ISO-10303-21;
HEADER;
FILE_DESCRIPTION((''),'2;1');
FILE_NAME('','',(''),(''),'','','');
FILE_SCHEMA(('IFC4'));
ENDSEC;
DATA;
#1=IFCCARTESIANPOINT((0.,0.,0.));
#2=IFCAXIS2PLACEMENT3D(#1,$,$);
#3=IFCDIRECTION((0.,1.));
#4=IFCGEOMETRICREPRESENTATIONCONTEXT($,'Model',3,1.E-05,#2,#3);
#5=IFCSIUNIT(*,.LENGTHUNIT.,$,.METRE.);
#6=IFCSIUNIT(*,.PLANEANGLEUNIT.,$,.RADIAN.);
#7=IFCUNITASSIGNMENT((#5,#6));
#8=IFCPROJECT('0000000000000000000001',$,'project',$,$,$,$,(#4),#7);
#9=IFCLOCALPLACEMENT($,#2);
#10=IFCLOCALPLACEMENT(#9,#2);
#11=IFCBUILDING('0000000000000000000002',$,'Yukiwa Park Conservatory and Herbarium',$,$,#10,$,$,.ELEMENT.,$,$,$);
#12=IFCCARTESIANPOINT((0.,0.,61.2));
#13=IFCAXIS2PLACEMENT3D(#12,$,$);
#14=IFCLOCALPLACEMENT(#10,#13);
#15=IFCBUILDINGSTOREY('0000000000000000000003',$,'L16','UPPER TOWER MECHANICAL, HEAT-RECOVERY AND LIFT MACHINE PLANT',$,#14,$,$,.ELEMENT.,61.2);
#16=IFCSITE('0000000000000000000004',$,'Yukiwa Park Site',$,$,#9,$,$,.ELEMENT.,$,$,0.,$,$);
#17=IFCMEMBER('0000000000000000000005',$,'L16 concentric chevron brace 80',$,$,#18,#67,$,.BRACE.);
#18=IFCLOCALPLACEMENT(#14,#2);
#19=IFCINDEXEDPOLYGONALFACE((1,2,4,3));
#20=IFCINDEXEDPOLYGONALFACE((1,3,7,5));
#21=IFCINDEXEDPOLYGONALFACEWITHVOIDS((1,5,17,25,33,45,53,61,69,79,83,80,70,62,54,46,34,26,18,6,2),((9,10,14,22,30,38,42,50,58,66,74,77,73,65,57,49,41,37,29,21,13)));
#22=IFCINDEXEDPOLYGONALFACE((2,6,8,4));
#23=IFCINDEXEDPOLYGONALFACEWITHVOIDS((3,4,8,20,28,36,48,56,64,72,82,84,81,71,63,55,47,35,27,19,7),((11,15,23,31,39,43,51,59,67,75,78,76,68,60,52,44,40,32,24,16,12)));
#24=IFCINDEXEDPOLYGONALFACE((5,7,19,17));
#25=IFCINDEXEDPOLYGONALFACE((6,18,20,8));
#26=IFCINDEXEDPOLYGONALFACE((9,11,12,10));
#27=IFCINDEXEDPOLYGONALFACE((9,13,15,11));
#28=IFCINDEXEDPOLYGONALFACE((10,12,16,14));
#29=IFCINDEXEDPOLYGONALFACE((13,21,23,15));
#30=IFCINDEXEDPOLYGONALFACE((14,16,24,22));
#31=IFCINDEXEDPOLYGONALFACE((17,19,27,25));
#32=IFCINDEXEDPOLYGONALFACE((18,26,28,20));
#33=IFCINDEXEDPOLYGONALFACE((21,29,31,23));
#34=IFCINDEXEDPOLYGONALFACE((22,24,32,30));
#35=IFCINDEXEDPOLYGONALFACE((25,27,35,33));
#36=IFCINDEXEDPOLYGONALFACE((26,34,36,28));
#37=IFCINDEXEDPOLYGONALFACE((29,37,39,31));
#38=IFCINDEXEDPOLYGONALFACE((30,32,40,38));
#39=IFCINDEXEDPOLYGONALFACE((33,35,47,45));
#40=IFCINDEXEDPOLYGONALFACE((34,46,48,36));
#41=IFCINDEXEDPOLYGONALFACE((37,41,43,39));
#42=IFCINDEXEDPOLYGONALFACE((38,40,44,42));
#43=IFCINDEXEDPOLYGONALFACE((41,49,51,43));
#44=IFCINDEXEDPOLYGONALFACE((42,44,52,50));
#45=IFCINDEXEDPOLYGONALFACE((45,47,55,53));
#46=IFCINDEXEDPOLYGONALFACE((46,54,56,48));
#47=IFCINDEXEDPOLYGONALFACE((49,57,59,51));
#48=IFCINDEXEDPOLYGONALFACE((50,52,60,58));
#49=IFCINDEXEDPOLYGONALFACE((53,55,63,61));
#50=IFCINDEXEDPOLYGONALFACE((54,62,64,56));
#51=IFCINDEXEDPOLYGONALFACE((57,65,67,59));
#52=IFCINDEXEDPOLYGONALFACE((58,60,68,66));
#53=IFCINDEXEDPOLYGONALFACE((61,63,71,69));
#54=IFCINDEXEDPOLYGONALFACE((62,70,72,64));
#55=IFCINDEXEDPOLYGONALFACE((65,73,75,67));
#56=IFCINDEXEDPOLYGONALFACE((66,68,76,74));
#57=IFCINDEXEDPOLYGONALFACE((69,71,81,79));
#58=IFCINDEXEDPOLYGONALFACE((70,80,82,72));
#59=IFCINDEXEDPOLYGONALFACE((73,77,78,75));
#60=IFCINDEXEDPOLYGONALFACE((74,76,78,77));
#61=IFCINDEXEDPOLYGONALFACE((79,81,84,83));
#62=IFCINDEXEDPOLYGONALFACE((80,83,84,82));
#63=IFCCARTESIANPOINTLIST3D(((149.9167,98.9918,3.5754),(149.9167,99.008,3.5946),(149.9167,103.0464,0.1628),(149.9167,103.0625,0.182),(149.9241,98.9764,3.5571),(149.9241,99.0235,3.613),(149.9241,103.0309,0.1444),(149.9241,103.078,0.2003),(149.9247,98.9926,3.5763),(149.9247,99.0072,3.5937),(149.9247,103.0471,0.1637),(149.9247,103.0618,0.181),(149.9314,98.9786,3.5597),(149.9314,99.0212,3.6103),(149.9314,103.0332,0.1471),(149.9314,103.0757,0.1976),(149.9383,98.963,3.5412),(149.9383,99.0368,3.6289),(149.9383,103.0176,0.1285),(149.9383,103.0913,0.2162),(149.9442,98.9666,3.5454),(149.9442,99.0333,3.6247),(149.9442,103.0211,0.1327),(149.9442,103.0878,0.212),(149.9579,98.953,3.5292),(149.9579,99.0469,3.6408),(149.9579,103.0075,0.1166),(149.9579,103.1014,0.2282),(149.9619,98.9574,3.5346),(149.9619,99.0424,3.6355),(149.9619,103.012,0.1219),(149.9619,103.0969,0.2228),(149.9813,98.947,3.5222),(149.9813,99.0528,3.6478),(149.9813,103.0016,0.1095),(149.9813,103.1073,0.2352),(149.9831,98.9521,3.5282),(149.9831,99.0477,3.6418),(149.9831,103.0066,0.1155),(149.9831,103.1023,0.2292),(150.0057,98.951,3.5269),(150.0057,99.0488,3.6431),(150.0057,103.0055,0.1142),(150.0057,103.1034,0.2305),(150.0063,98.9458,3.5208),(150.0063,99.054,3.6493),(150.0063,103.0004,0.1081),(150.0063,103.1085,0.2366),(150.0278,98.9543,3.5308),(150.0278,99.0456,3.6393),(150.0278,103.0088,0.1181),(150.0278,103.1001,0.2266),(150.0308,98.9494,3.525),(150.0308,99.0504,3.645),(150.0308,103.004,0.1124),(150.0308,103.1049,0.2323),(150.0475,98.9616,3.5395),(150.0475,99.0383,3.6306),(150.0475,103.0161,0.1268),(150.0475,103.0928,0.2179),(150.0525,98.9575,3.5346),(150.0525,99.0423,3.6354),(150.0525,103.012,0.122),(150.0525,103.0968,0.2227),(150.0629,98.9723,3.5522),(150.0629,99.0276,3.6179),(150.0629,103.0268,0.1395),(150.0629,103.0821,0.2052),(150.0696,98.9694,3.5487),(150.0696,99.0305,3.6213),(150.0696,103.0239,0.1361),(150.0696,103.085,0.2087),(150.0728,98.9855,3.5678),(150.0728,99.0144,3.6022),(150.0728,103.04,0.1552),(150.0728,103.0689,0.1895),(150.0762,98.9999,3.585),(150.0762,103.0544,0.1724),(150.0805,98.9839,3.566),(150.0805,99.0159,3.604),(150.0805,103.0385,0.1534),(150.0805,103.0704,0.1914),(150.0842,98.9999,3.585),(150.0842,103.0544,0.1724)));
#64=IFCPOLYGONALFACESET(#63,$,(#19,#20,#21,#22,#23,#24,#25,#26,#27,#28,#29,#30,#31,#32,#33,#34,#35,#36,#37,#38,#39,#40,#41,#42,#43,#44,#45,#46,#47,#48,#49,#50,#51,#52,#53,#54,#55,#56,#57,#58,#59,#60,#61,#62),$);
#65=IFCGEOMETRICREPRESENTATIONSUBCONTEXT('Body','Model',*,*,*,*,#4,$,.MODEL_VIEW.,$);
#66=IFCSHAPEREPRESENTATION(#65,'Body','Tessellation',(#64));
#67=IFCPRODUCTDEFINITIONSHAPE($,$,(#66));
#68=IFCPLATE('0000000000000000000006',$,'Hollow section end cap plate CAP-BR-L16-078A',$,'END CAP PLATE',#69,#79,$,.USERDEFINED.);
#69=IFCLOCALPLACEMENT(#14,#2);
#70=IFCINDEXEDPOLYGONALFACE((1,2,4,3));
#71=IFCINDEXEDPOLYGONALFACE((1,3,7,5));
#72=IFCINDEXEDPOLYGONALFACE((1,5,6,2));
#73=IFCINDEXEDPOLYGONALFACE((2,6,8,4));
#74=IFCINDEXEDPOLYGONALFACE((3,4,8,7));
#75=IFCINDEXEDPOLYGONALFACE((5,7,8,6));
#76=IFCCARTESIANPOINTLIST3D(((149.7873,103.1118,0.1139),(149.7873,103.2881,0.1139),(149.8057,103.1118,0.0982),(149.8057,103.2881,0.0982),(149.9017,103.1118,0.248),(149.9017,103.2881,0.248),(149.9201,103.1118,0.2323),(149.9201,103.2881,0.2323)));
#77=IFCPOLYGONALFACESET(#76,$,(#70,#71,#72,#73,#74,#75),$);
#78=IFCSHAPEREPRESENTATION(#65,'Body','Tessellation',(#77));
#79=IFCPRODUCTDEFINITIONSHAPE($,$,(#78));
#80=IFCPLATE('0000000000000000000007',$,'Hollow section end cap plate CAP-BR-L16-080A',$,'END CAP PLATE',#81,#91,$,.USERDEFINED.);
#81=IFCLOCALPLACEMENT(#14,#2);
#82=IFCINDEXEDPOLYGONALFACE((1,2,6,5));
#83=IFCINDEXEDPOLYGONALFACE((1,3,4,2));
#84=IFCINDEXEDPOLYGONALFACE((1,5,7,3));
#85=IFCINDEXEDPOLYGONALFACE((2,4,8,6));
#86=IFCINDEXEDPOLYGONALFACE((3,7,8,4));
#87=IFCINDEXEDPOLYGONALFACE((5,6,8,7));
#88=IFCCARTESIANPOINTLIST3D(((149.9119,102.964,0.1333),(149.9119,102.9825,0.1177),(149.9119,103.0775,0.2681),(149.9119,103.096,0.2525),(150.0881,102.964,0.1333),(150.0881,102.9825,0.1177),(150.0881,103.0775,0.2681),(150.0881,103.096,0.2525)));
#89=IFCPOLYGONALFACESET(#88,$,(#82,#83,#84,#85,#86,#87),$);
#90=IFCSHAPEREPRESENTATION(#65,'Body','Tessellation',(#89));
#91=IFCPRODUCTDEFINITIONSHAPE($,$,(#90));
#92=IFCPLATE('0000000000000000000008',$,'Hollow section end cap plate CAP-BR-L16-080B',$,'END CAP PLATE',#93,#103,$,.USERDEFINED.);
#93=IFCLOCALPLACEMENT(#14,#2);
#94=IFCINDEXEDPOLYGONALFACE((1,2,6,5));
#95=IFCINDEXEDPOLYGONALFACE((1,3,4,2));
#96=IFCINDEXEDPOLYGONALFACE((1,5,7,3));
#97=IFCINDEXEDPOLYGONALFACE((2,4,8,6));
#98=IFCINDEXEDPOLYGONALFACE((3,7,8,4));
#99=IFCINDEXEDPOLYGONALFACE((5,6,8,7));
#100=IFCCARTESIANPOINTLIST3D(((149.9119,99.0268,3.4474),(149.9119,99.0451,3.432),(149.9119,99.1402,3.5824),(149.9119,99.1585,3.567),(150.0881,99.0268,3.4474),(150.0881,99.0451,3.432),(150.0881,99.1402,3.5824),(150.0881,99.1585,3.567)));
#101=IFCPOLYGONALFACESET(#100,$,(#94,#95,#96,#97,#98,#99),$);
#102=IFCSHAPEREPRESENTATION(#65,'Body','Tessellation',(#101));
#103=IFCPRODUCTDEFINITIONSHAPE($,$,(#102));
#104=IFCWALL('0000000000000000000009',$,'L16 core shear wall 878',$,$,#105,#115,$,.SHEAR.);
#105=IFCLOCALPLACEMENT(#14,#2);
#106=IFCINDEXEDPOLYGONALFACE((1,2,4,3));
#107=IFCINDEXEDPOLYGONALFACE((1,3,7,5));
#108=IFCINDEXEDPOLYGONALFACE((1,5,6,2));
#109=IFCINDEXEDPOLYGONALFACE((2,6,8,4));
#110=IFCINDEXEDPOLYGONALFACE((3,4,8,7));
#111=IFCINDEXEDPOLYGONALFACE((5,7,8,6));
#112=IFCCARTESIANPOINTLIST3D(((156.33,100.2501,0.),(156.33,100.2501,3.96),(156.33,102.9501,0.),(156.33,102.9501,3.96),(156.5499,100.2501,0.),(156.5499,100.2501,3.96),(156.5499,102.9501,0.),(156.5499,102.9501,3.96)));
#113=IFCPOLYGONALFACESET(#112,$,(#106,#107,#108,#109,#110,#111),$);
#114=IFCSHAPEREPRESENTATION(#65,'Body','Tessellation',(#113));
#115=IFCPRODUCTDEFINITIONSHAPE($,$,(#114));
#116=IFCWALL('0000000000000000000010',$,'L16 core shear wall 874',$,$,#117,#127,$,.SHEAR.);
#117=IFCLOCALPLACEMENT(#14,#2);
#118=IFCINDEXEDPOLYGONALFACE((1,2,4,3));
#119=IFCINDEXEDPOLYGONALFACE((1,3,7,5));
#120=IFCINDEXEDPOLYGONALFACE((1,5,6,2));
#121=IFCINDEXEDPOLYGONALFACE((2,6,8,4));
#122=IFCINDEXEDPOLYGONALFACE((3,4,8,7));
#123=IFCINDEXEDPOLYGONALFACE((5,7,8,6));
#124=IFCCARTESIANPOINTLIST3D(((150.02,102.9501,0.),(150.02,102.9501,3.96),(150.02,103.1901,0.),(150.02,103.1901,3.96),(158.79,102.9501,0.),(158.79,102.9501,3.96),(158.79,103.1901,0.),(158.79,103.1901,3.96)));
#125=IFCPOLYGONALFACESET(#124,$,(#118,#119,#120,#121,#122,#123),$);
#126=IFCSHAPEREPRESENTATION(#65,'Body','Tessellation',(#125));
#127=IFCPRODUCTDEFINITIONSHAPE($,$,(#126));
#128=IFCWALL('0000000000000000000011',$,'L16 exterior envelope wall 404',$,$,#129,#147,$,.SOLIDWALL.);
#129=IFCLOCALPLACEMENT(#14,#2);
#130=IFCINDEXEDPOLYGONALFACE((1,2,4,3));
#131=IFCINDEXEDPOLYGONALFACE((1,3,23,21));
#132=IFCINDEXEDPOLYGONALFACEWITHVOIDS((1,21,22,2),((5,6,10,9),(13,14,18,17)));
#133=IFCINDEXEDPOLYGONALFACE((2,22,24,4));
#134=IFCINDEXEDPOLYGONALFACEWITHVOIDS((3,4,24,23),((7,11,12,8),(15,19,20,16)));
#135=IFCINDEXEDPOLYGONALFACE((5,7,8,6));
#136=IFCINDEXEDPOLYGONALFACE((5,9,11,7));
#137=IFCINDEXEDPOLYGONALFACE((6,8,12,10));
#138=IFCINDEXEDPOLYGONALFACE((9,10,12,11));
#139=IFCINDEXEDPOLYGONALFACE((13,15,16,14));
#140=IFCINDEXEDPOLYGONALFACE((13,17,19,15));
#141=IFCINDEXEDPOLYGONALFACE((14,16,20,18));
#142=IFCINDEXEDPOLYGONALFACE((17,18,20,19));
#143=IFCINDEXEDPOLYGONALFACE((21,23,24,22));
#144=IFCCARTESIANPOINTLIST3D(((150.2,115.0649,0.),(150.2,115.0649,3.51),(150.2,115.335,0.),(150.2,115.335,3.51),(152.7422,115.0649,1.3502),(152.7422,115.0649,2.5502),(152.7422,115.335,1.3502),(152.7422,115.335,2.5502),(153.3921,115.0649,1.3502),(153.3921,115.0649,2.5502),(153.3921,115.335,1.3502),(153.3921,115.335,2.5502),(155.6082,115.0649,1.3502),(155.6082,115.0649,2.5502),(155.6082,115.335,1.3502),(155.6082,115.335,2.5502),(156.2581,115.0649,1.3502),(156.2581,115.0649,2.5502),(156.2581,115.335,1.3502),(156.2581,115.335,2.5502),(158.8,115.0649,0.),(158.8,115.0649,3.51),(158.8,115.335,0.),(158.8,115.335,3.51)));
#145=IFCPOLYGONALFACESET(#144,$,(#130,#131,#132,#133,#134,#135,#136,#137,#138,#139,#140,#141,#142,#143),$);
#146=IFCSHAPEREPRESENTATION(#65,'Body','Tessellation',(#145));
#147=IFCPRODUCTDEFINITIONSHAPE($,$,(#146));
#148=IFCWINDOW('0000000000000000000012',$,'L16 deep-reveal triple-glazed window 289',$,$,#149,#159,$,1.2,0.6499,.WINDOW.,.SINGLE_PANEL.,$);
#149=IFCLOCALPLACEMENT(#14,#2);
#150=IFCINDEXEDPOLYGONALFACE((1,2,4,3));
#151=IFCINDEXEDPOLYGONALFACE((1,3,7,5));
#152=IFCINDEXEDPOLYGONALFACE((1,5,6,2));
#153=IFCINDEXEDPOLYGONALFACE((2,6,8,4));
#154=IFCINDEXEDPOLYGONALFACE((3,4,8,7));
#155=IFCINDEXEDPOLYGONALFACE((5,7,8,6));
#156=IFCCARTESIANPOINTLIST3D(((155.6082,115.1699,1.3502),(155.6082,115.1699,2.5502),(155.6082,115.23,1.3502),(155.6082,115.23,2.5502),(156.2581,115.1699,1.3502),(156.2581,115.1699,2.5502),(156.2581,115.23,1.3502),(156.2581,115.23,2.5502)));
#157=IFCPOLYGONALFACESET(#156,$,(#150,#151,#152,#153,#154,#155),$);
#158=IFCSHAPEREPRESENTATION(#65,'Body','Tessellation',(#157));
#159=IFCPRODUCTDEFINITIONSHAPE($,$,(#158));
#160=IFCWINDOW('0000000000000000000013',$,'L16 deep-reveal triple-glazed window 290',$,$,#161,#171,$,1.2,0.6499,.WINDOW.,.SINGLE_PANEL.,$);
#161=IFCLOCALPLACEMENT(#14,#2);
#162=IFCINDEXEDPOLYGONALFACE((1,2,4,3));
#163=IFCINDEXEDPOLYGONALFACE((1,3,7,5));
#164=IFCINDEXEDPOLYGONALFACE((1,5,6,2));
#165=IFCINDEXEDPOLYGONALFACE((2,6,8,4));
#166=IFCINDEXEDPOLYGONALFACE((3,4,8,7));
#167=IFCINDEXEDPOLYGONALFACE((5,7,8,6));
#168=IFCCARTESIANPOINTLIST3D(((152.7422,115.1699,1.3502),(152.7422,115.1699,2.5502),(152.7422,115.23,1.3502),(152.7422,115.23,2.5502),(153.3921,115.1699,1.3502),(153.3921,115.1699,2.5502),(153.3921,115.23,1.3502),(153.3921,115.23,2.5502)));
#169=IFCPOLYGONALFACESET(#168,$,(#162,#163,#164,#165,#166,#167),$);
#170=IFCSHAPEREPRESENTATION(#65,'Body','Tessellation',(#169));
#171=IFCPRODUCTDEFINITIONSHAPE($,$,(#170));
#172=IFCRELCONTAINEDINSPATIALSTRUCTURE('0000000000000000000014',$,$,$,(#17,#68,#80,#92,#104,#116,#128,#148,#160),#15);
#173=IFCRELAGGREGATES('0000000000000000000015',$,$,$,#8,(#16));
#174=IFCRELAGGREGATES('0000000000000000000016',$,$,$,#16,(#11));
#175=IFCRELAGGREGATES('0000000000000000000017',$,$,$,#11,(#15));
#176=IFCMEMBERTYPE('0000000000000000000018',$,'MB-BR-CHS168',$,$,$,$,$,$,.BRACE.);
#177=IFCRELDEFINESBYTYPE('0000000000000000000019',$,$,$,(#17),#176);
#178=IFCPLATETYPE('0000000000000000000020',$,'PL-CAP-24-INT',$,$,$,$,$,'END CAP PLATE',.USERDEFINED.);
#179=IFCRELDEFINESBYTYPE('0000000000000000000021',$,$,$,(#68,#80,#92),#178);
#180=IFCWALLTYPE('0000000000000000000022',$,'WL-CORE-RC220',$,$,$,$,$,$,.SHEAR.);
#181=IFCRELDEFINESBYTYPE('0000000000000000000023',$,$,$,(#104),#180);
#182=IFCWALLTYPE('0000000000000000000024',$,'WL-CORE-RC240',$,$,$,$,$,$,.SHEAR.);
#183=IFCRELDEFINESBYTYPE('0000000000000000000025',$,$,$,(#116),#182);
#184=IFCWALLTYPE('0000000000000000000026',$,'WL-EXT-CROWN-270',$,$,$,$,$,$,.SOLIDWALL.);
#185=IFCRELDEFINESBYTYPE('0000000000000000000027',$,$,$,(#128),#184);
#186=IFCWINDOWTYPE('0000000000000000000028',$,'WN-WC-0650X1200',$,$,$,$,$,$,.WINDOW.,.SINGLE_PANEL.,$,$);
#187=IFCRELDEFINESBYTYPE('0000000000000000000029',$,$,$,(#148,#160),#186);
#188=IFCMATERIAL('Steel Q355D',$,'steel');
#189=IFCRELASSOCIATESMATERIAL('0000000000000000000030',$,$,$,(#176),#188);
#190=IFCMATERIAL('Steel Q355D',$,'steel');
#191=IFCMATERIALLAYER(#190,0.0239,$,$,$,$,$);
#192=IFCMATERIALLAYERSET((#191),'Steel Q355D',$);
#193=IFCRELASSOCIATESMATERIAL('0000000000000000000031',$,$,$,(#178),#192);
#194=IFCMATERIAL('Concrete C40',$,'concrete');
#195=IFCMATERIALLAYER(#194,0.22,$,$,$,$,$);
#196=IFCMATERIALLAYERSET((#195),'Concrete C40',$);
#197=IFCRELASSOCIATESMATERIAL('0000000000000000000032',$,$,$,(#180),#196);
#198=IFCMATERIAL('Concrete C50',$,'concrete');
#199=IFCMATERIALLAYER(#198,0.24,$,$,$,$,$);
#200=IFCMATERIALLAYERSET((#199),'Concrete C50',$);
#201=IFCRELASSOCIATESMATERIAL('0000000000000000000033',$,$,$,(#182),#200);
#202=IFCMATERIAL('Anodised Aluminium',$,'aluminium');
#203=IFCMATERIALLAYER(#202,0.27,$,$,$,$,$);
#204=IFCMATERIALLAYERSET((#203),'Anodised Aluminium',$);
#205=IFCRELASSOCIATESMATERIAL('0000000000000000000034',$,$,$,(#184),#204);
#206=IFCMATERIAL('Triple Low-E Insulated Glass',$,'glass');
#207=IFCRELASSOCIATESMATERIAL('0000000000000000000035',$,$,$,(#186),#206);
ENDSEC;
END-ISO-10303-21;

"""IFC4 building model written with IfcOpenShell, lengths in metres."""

from ifc_helpers import new_model, si_unit, direction, frame, frame_2d, origin, origin_2d, place, context, subcontext, project, spatial, rectangle, hollow_circle, extrude, material, layer, layer_set, material_profile, profile_set, type_object, element, fill, save


model = new_model("IFC4")

# Units and contexts
model_context = context("Model", 3, precision=1e-05, world=origin(), true_north=direction((0.0, 1.0)))
body_context = subcontext(model_context, "Body", "Model", "MODEL_VIEW")
ifc_project = project(units=[si_unit("LENGTHUNIT", "METRE"), si_unit("PLANEANGLEUNIT", "RADIAN")], contexts=[model_context])

# Site, building, storey
site_placement = place(None, origin())
site = spatial("IfcSite", under=ifc_project, at=site_placement, Name="Yukiwa Park Site", CompositionType="ELEMENT", RefElevation=0.0)
building_placement = place(site_placement, origin())
building = spatial("IfcBuilding", under=site, at=building_placement, Name="Yukiwa Park Conservatory and Herbarium", CompositionType="ELEMENT")
storey_placement = place(building_placement, frame((0.0, 0.0, 61.2)))
storey = spatial("IfcBuildingStorey", under=building, at=storey_placement, Name="L16", Description="UPPER TOWER MECHANICAL, HEAT-RECOVERY AND LIFT MACHINE PLANT", CompositionType="ELEMENT", Elevation=61.2)

# Member
ifc_material_1 = material(Name="Steel Q355D", Category="steel")
ifc_material_profile_1 = material_profile(ifc_material_1, hollow_circle(Radius=0.0842, WallThickness=0.0081, at=origin_2d()), Name="CHS 168.3x8")
ifc_profile_set_1 = profile_set([ifc_material_profile_1], Name="Steel Q355D")
member_type = type_object("IfcMemberType", Name="MB-BR-CHS168", PredefinedType="BRACE", material=ifc_profile_set_1)
member_1_placement = place(storey_placement, frame((150.0, 103.0544, 0.1724), z_axis=(0.0, -0.765066, 0.643951), x_axis=(1.0, 0.0, 0.0)))
element("IfcMember", 1, at=member_1_placement, inside=storey, type_object=member_type, Name="L16 concentric chevron brace 80", PredefinedType="BRACE", context=body_context, shape_type="SweptSolid", body=[
    extrude(hollow_circle(Radius=0.0842, WallThickness=0.0081, at=origin_2d()), origin(), (0.0, 0.0, 1.0), 5.2996),
])

# Plates
ifc_material_2 = material(Name="Steel Q355D", Category="steel")
ifc_layer_1 = layer(ifc_material_2, 0.0239)
ifc_layer_set_1 = layer_set([ifc_layer_1], Name="Steel Q355D")
plate_type = type_object("IfcPlateType", Name="PL-CAP-24-INT", ElementType="END CAP PLATE", PredefinedType="USERDEFINED", material=ifc_layer_set_1)
for number, where, z_axis, x_axis, name in (
    (2, (149.8445, 103.2, 0.1809), (0.760687, 0.0, -0.649119), (0.0, 1.0, 0.0), "Hollow section end cap plate CAP-BR-L16-078A"),
    (3, (150.0, 103.0208, 0.2007), (0.0, 0.764911, -0.644136), (-1.0, 0.0, 0.0), "Hollow section end cap plate CAP-BR-L16-080A"),
):
    element("IfcPlate", number, at=place(storey_placement, frame(where, z_axis=z_axis, x_axis=x_axis)), inside=storey, type_object=plate_type, Name=name, ObjectType="END CAP PLATE", PredefinedType="USERDEFINED", context=body_context, shape_type="SweptSolid", body=[
        extrude(rectangle(XDim=0.1763, YDim=0.1763, at=origin_2d()), origin(), (0.0, 0.0, 1.0), 0.0242),
    ])
plate_placement = place(storey_placement, frame((150.0, 99.1018, 3.4995), z_axis=(0.0, -0.765705, 0.643192), x_axis=(1.0, 0.0, 0.0)))
element("IfcPlate", 4, at=plate_placement, inside=storey, type_object=plate_type, Name="Hollow section end cap plate CAP-BR-L16-080B", ObjectType="END CAP PLATE", PredefinedType="USERDEFINED", context=body_context, shape_type="SweptSolid", body=[
    extrude(rectangle(XDim=0.1763, YDim=0.1763, at=origin_2d()), origin(), (0.0, 0.0, 1.0), 0.0239),
])

# Wall
ifc_material_3 = material(Name="Concrete C40", Category="concrete")
ifc_layer_2 = layer(ifc_material_3, 0.22)
ifc_layer_set_2 = layer_set([ifc_layer_2], Name="Concrete C40")
wall_type_1 = type_object("IfcWallType", Name="WL-CORE-RC220", PredefinedType="SHEAR", material=ifc_layer_set_2)
wall_1_placement = place(storey_placement, frame((156.4399, 100.25, 0.0), z_axis=(0.0, 0.0, 1.0), x_axis=(0.0, 1.0, 0.0)))
element("IfcWall", 5, at=wall_1_placement, inside=storey, type_object=wall_type_1, Name="L16 core shear wall 878", PredefinedType="SHEAR", context=body_context, shape_type="SweptSolid", body=[
    extrude(rectangle(XDim=2.7, YDim=0.22, at=frame_2d((1.3501, 0.0))), origin(), (0.0, 0.0, 1.0), 3.96),
])

# Wall
ifc_material_4 = material(Name="Concrete C50", Category="concrete")
ifc_layer_3 = layer(ifc_material_4, 0.24)
ifc_layer_set_3 = layer_set([ifc_layer_3], Name="Concrete C50")
wall_type_2 = type_object("IfcWallType", Name="WL-CORE-RC240", PredefinedType="SHEAR", material=ifc_layer_set_3)
wall_2_placement = place(storey_placement, frame((150.02, 103.0701, 0.0), z_axis=(0.0, 0.0, 1.0), x_axis=(1.0, 0.0, 0.0)))
element("IfcWall", 6, at=wall_2_placement, inside=storey, type_object=wall_type_2, Name="L16 core shear wall 874", PredefinedType="SHEAR", context=body_context, shape_type="SweptSolid", body=[
    extrude(rectangle(XDim=8.77, YDim=0.24, at=frame_2d((4.385, 0.0))), origin(), (0.0, 0.0, 1.0), 3.96),
])

# Wall, openings, windows
ifc_material_5 = material(Name="Anodised Aluminium", Category="aluminium")
ifc_layer_4 = layer(ifc_material_5, 0.27)
ifc_layer_set_4 = layer_set([ifc_layer_4], Name="Anodised Aluminium")
wall_type_3 = type_object("IfcWallType", Name="WL-EXT-CROWN-270", PredefinedType="SOLIDWALL", material=ifc_layer_set_4)
wall_3_placement = place(storey_placement, frame((158.8, 115.2, 0.0), z_axis=(0.0, 0.0, 1.0), x_axis=(-1.0, 0.0, 0.0)))
wall_3 = element("IfcWall", 7, at=wall_3_placement, inside=storey, type_object=wall_type_3, Name="L16 exterior envelope wall 404", PredefinedType="SOLIDWALL", context=body_context, shape_type="SweptSolid", body=[
    extrude(rectangle(XDim=8.6001, YDim=0.27, at=frame_2d((4.3, 0.0))), origin(), (0.0, 0.0, 1.0), 3.51),
])
opening_1_placement = place(wall_3_placement, frame((2.542, 0.0, 1.3501)))
opening_1 = element("IfcOpeningElement", 8, at=opening_1_placement, cuts=wall_3, PredefinedType="OPENING", context=body_context, shape_type="SweptSolid", body=[
    extrude(rectangle(XDim=0.6499, YDim=1.2, at=frame_2d((0.325, 0.6001))), frame((0.0, 0.145, 0.0), z_axis=(0.0, -1.0, 0.0), x_axis=(1.0, 0.0, 0.0)), (0.0, 0.0, 1.0), 0.29),
])
opening_2_placement = place(wall_3_placement, frame((5.408, 0.0, 1.3501)))
opening_2 = element("IfcOpeningElement", 9, at=opening_2_placement, cuts=wall_3, PredefinedType="OPENING", context=body_context, shape_type="SweptSolid", body=[
    extrude(rectangle(XDim=0.6499, YDim=1.2, at=frame_2d((0.325, 0.6001))), frame((0.0, 0.145, 0.0), z_axis=(0.0, -1.0, 0.0), x_axis=(1.0, 0.0, 0.0)), (0.0, 0.0, 1.0), 0.29),
])
ifc_material_6 = material(Name="Triple Low-E Insulated Glass", Category="glass")
window_type_1 = type_object("IfcWindowType", Name="WN-WC-0650X1200", PartitioningType="SINGLE_PANEL", PredefinedType="WINDOW", material=ifc_material_6)
window_1_placement = place(opening_1_placement, origin())
window_1 = element("IfcWindow", 10, at=window_1_placement, inside=storey, type_object=window_type_1, Name="L16 deep-reveal triple-glazed window 289", OverallHeight=1.2, OverallWidth=0.6499, PartitioningType="SINGLE_PANEL", PredefinedType="WINDOW", context=body_context, shape_type="SweptSolid", body=[
    extrude(rectangle(XDim=0.6499, YDim=1.2, at=frame_2d((0.325, 0.6001))), frame((0.0, 0.03, 0.0), z_axis=(0.0, -1.0, 0.0), x_axis=(1.0, 0.0, 0.0)), (0.0, 0.0, 1.0), 0.0601),
])
fill(opening_1, window_1)
window_2_placement = place(opening_2_placement, origin())
window_2 = element("IfcWindow", 11, at=window_2_placement, inside=storey, type_object=window_type_1, Name="L16 deep-reveal triple-glazed window 290", OverallHeight=1.2, OverallWidth=0.6499, PartitioningType="SINGLE_PANEL", PredefinedType="WINDOW", context=body_context, shape_type="SweptSolid", body=[
    extrude(rectangle(XDim=0.6499, YDim=1.2, at=frame_2d((0.325, 0.6001))), frame((0.0, 0.03, 0.0), z_axis=(0.0, -1.0, 0.0), x_axis=(1.0, 0.0, 0.0)), (0.0, 0.0, 1.0), 0.0601),
])
fill(opening_2, window_2)

save(model, "model.ifc")
